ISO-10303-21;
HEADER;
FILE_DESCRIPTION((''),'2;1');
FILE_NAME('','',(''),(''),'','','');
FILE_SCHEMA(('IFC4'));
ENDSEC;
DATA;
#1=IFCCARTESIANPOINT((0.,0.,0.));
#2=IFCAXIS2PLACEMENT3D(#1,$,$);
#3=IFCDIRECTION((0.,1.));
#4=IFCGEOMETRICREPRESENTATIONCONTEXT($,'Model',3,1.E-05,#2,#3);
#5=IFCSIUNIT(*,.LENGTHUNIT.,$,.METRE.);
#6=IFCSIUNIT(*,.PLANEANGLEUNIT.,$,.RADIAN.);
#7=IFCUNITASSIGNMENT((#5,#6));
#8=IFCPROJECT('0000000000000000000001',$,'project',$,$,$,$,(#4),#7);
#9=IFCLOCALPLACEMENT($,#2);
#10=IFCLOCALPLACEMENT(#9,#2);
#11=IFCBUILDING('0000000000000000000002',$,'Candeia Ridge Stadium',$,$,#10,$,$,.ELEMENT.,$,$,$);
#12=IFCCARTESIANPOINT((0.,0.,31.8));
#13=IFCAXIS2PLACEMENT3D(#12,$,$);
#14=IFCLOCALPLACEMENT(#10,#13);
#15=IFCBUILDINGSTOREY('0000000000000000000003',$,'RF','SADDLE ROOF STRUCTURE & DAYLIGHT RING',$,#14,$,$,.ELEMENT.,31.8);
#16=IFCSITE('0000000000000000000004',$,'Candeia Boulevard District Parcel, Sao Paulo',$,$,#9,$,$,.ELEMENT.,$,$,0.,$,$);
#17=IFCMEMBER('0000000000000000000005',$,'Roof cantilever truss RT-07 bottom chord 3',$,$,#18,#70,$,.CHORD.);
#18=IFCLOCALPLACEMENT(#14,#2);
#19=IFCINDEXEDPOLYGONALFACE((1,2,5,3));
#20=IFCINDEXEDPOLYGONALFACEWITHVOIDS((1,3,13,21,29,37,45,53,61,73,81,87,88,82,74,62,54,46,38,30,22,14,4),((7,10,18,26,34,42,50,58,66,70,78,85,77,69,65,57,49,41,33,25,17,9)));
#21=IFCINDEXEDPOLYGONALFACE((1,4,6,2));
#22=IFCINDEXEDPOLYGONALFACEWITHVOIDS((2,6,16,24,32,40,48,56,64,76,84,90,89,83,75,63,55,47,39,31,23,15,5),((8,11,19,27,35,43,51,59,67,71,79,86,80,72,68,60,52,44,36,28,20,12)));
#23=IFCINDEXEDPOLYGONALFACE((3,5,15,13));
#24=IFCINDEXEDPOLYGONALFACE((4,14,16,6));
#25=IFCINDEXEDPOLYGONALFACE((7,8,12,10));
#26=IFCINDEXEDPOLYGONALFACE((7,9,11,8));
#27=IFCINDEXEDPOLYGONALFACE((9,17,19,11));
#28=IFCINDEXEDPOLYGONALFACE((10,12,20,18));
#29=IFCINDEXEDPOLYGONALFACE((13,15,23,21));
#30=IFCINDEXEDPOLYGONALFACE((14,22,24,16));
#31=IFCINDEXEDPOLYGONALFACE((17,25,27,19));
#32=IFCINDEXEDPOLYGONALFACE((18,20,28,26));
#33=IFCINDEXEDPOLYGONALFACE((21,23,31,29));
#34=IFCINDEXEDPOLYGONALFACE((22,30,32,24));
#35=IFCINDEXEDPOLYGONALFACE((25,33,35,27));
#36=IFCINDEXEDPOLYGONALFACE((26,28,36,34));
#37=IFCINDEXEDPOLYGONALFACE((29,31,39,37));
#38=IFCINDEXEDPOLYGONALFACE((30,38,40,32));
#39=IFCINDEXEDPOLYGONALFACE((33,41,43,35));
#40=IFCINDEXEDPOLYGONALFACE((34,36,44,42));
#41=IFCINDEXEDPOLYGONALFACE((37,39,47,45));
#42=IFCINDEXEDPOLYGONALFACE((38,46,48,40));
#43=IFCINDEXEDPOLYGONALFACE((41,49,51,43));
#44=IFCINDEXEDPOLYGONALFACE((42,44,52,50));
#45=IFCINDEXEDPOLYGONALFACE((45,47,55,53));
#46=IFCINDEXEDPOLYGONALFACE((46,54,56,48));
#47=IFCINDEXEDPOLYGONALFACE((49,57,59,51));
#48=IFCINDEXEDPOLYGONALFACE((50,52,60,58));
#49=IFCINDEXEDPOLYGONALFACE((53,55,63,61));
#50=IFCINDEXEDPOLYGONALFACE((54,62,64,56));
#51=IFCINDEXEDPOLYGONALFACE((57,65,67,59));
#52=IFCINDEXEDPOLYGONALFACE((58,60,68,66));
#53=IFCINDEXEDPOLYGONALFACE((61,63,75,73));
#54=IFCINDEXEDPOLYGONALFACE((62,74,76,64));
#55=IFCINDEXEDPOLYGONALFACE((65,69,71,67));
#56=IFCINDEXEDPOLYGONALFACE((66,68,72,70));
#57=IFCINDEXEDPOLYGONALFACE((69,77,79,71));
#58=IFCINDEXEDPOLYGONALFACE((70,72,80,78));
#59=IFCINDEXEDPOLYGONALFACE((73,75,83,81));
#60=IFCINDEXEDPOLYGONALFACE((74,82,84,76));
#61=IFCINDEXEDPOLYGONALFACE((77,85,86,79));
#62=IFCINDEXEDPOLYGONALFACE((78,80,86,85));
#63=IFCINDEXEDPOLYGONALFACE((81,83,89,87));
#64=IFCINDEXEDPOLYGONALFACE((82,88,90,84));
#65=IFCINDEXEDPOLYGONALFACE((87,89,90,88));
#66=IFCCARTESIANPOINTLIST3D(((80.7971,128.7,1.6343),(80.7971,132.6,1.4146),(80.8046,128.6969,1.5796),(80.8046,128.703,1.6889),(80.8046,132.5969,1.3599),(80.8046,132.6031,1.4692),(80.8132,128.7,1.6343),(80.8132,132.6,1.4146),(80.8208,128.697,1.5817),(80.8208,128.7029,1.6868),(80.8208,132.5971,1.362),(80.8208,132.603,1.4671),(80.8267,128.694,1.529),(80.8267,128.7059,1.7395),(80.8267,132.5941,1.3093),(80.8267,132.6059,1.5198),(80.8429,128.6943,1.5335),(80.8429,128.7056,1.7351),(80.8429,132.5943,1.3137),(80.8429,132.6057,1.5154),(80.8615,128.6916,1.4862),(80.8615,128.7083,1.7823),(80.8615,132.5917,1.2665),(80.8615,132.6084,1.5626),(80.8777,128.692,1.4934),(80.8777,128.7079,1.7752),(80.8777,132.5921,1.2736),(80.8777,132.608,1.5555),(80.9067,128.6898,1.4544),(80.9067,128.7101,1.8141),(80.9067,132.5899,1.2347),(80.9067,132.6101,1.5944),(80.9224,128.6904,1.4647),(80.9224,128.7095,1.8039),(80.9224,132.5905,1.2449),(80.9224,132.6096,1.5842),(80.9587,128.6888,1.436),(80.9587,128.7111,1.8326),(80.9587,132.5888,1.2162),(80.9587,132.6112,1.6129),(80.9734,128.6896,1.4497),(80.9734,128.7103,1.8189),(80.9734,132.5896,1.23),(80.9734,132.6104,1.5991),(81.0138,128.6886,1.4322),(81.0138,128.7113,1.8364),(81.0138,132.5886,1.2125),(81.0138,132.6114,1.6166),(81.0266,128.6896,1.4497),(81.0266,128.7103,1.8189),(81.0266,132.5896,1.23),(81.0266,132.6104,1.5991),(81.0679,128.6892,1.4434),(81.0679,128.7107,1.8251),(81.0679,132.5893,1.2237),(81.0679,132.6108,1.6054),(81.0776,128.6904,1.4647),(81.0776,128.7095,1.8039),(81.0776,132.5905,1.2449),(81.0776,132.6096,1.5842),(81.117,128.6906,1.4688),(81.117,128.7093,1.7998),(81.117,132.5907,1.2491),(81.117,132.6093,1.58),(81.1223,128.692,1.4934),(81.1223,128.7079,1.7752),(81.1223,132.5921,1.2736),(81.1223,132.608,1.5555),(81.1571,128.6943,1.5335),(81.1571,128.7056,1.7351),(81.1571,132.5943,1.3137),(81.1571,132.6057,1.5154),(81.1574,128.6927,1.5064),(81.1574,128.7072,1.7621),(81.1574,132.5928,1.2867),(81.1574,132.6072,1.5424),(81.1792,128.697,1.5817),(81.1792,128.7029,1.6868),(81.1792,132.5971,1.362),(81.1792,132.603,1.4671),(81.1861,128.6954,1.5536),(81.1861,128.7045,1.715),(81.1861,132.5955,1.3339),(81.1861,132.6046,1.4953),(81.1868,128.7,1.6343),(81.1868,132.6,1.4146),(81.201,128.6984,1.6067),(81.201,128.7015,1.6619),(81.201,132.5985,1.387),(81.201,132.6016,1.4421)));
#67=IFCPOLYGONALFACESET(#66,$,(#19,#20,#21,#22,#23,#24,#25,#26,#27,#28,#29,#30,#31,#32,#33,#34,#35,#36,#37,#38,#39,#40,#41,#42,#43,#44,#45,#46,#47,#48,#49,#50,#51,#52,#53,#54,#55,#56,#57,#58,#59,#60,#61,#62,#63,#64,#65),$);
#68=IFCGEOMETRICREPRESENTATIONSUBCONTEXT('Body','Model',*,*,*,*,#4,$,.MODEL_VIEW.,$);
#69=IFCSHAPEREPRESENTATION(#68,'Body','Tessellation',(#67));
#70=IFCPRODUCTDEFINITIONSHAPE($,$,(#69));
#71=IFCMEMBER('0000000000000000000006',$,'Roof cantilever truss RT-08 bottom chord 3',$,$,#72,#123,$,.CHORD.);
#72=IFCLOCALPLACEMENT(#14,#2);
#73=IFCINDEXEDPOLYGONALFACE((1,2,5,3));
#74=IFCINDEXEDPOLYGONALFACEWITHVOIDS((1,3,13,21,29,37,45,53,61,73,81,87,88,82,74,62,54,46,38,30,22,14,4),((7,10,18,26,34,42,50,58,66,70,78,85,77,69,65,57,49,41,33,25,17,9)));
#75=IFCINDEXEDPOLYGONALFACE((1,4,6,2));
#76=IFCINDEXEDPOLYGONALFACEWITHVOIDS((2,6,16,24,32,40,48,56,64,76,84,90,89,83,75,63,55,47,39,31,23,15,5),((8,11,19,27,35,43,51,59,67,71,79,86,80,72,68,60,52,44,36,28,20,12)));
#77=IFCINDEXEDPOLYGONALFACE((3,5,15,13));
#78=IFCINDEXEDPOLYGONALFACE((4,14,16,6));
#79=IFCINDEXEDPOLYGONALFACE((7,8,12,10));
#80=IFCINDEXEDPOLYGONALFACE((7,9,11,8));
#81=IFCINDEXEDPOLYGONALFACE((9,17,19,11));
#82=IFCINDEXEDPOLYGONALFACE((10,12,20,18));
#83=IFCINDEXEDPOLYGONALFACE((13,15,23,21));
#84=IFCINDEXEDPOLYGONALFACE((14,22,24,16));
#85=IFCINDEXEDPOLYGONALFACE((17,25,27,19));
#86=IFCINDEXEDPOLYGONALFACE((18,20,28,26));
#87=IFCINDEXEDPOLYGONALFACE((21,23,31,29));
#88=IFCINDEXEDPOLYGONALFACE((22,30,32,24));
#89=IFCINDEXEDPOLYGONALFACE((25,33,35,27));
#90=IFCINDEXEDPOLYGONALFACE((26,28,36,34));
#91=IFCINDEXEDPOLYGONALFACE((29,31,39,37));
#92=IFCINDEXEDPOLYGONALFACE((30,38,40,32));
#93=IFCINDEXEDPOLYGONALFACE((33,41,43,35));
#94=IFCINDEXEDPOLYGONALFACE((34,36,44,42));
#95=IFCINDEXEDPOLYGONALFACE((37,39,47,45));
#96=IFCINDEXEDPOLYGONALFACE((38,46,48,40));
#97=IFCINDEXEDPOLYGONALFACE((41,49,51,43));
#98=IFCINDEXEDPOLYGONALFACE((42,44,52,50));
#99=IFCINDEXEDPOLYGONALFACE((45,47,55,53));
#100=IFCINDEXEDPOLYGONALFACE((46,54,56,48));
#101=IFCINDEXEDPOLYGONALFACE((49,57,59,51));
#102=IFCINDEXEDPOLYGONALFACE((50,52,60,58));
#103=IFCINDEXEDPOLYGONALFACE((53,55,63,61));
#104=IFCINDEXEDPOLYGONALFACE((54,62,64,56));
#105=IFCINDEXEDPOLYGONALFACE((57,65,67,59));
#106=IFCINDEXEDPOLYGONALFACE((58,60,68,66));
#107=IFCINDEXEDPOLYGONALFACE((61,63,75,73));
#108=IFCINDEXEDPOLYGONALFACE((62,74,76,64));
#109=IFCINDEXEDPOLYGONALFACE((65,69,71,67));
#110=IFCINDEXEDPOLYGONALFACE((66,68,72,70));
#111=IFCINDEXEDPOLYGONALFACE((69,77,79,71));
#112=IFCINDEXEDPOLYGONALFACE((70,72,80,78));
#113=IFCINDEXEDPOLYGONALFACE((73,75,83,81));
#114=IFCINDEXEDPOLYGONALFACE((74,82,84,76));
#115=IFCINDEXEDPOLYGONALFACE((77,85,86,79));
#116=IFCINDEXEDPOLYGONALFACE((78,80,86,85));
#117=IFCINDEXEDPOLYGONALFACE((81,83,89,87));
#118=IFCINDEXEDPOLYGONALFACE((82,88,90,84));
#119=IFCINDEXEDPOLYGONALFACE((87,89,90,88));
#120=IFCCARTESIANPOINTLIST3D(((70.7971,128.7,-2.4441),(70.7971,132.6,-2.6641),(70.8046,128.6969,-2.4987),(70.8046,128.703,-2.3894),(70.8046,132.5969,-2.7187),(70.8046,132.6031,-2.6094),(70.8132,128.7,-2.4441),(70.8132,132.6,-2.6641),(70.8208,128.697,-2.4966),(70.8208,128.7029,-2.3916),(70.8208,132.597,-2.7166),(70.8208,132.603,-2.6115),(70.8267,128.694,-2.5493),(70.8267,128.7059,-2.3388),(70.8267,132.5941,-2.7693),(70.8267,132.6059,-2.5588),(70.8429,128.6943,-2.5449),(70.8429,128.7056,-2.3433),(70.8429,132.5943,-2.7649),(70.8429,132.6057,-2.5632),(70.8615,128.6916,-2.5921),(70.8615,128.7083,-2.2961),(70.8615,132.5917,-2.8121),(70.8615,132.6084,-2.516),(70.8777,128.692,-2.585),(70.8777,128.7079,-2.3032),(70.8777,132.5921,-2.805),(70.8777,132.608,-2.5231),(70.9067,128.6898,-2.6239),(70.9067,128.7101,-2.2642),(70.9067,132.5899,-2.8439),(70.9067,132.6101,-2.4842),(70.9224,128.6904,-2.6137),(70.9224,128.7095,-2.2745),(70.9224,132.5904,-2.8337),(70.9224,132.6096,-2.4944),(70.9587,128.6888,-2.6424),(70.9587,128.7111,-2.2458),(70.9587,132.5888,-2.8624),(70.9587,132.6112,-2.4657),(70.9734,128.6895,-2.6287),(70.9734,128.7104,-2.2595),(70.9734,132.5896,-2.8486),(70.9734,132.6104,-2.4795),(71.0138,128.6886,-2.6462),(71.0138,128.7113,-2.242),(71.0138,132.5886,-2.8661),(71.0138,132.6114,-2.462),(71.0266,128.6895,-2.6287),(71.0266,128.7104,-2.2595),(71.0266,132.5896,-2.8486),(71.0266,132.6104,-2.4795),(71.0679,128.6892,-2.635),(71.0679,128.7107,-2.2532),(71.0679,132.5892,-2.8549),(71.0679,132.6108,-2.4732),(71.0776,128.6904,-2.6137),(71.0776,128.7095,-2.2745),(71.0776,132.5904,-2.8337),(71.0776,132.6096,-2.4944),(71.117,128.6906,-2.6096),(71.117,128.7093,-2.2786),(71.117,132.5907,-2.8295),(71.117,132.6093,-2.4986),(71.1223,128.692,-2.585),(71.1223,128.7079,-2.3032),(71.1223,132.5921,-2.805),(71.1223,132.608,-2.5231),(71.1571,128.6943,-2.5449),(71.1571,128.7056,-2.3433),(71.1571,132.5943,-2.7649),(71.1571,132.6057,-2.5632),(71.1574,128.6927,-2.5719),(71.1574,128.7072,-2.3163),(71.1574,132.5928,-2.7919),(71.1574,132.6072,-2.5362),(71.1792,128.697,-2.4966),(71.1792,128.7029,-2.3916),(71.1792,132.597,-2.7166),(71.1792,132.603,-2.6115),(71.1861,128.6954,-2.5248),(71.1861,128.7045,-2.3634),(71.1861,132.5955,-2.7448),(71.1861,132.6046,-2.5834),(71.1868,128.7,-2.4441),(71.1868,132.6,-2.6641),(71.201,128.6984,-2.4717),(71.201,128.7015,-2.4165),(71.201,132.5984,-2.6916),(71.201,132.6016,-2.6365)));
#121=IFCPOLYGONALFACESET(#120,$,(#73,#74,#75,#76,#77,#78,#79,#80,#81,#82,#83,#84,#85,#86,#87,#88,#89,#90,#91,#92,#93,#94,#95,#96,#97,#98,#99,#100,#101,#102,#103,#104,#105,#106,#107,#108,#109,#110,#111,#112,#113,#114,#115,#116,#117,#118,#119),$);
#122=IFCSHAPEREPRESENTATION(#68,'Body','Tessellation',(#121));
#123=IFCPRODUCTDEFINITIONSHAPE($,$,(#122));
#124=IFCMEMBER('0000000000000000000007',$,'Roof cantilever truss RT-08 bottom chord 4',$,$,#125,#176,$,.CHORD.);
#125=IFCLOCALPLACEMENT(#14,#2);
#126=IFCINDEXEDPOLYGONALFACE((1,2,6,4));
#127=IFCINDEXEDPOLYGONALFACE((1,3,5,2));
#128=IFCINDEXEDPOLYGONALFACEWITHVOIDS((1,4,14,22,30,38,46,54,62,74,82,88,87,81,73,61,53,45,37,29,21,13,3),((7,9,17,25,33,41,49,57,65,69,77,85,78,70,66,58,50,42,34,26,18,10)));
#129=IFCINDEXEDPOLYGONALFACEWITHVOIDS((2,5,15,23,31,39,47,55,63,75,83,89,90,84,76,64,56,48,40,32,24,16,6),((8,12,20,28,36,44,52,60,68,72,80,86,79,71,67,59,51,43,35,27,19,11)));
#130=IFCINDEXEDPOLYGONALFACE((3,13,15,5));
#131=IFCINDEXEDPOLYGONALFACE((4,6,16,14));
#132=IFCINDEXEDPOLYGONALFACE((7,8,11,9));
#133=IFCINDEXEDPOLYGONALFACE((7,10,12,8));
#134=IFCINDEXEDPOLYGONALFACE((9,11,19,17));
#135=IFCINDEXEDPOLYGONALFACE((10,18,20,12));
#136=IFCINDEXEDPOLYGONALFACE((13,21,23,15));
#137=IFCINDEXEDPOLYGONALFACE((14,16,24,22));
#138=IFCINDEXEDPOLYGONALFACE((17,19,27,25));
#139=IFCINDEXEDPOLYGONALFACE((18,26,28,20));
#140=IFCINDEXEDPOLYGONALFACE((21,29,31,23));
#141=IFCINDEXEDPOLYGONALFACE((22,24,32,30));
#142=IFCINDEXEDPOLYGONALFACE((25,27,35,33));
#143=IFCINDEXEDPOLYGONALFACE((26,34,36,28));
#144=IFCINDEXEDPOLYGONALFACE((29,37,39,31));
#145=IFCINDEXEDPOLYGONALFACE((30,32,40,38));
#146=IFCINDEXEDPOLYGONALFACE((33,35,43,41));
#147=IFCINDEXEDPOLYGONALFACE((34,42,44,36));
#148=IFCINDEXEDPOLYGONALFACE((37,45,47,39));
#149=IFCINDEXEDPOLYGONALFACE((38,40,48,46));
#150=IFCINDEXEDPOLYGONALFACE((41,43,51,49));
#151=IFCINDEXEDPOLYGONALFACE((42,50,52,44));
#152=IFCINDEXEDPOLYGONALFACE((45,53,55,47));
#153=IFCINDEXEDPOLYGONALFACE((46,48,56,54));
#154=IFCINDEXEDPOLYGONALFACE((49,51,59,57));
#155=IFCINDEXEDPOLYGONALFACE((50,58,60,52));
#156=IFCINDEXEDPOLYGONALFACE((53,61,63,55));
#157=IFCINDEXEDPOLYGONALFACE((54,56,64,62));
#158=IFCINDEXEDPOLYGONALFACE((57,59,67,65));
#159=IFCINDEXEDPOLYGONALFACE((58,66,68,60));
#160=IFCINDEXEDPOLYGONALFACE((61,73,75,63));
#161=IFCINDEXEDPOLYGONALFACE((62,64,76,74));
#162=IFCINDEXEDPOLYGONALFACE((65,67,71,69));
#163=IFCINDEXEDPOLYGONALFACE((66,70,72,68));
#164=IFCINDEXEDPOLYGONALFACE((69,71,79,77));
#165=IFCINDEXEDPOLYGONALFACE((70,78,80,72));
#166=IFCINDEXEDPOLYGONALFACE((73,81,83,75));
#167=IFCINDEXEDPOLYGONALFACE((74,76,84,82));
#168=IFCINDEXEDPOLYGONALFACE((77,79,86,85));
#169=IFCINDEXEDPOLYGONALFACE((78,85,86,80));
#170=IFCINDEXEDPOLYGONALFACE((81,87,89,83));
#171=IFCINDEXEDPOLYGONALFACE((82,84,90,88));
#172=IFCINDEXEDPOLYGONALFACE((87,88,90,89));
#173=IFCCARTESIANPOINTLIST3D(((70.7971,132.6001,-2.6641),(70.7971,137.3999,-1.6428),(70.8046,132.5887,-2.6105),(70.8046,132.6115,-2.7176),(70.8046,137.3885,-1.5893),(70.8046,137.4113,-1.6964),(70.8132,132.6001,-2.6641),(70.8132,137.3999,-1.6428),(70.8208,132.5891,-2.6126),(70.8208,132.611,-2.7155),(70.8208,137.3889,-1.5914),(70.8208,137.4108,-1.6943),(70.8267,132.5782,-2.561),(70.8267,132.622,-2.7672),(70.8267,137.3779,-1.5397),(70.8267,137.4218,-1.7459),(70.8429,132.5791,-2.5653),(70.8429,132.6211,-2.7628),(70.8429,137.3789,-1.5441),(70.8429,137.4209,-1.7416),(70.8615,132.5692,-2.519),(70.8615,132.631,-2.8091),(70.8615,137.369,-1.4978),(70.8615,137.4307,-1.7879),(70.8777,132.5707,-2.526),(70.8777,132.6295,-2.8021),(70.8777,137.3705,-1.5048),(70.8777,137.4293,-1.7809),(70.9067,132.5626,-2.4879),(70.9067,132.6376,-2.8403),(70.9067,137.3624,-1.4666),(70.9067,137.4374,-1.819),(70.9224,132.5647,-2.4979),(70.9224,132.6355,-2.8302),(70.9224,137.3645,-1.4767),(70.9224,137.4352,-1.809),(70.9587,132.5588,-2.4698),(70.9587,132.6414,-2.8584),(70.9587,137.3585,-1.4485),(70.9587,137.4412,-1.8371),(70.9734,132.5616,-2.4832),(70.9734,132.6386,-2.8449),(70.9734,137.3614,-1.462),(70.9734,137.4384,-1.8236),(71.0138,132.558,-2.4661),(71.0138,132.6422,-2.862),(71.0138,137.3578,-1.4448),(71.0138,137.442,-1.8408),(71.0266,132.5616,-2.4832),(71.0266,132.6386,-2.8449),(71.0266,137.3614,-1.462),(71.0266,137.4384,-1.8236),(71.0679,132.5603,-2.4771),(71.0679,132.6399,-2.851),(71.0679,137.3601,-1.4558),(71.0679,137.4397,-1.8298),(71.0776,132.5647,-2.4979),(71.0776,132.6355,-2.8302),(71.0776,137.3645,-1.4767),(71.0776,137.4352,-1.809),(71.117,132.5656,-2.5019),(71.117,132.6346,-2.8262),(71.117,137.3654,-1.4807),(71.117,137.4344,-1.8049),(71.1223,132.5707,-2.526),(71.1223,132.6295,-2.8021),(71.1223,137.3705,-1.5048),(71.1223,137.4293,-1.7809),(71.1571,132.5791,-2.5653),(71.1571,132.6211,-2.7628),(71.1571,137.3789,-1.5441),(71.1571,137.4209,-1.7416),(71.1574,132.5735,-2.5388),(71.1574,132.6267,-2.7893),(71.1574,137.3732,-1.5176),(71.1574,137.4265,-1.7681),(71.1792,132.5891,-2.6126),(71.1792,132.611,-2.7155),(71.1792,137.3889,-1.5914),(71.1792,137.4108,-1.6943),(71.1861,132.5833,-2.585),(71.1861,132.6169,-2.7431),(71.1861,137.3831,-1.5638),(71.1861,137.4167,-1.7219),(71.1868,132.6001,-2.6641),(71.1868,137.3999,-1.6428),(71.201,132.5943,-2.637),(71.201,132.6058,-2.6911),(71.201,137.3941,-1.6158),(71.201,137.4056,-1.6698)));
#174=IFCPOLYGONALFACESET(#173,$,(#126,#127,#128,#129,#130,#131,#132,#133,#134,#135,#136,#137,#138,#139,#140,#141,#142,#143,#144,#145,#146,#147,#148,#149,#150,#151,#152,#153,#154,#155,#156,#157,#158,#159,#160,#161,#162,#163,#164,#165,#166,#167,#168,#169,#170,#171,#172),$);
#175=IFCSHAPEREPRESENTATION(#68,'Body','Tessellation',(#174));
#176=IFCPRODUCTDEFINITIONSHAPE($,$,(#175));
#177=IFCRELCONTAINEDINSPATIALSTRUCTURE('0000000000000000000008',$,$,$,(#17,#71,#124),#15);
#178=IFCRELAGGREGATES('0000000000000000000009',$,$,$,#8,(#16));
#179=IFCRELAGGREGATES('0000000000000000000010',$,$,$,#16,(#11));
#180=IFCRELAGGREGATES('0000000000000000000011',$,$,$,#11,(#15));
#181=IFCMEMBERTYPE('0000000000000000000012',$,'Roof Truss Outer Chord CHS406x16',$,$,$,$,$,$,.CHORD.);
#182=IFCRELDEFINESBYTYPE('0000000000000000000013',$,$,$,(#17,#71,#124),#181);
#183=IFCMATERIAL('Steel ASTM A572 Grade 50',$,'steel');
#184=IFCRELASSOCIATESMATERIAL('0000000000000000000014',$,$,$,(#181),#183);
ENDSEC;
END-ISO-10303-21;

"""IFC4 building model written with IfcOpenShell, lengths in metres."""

from ifc_helpers import new_model, si_unit, direction, frame, origin, origin_2d, place, context, subcontext, project, spatial, hollow_circle, extrude, material, material_profile, profile_set, type_object, element, save


model = new_model("IFC4")

# Units and contexts
model_context = context("Model", 3, precision=1e-05, world=origin(), true_north=direction((0.0, 1.0)))
body_context = subcontext(model_context, "Body", "Model", "MODEL_VIEW")
ifc_project = project(units=[si_unit("LENGTHUNIT", "METRE"), si_unit("PLANEANGLEUNIT", "RADIAN")], contexts=[model_context])

# Site, building, storey
site_placement = place(None, origin())
site = spatial("IfcSite", under=ifc_project, at=site_placement, Name="Candeia Boulevard District Parcel, Sao Paulo", CompositionType="ELEMENT", RefElevation=0.0)
building_placement = place(site_placement, origin())
building = spatial("IfcBuilding", under=site, at=building_placement, Name="Candeia Ridge Stadium", CompositionType="ELEMENT")
storey_placement = place(building_placement, frame((0.0, 0.0, 31.8)))
storey = spatial("IfcBuildingStorey", under=building, at=storey_placement, Name="RF", Description="SADDLE ROOF STRUCTURE & DAYLIGHT RING", CompositionType="ELEMENT", Elevation=31.8)

# Shared definitions
ifc_material_1 = material(Name="Steel ASTM A572 Grade 50", Category="steel")

# Members
ifc_material_profile_1 = material_profile(ifc_material_1, hollow_circle(Radius=0.2029, WallThickness=0.0161, at=origin_2d()), Name="CHS406x16", Category="steel")
ifc_profile_set_1 = profile_set([ifc_material_profile_1], Name="Steel ASTM A572 Grade 50")
member_type_1 = type_object("IfcMemberType", Name="Roof Truss Outer Chord CHS406x16", PredefinedType="CHORD", material=ifc_profile_set_1)
for number, where, z_axis, x_axis, name in (
    (1, (81.0, 128.7, 1.6343), (0.0, 0.998417, -0.056249), (-1.0, 0.0, 0.0), "Roof cantilever truss RT-07 bottom chord 3"),
    (2, (71.0, 128.7, -2.4441), (0.0, 0.998413, -0.056311), (-1.0, 0.0, 0.0), "Roof cantilever truss RT-08 bottom chord 3"),
):
    element("IfcMember", number, at=place(storey_placement, frame(where, z_axis=z_axis, x_axis=x_axis)), inside=storey, type_object=member_type_1, Name=name, PredefinedType="CHORD", context=body_context, shape_type="SweptSolid", body=[
        extrude(hollow_circle(Radius=0.2029, WallThickness=0.0161, at=origin_2d()), origin(), (0.0, 0.0, 1.0), 3.9062),
    ])
member_1_placement = place(storey_placement, frame((71.0, 132.6001, -2.6641), z_axis=(0.0, 0.978106, 0.208109), x_axis=(-1.0, 0.0, 0.0)))
element("IfcMember", 3, at=member_1_placement, inside=storey, type_object=member_type_1, Name="Roof cantilever truss RT-08 bottom chord 4", PredefinedType="CHORD", context=body_context, shape_type="SweptSolid", body=[
    extrude(hollow_circle(Radius=0.2029, WallThickness=0.0161, at=origin_2d()), origin(), (0.0, 0.0, 1.0), 4.9072),
])

save(model, "model.ifc")
